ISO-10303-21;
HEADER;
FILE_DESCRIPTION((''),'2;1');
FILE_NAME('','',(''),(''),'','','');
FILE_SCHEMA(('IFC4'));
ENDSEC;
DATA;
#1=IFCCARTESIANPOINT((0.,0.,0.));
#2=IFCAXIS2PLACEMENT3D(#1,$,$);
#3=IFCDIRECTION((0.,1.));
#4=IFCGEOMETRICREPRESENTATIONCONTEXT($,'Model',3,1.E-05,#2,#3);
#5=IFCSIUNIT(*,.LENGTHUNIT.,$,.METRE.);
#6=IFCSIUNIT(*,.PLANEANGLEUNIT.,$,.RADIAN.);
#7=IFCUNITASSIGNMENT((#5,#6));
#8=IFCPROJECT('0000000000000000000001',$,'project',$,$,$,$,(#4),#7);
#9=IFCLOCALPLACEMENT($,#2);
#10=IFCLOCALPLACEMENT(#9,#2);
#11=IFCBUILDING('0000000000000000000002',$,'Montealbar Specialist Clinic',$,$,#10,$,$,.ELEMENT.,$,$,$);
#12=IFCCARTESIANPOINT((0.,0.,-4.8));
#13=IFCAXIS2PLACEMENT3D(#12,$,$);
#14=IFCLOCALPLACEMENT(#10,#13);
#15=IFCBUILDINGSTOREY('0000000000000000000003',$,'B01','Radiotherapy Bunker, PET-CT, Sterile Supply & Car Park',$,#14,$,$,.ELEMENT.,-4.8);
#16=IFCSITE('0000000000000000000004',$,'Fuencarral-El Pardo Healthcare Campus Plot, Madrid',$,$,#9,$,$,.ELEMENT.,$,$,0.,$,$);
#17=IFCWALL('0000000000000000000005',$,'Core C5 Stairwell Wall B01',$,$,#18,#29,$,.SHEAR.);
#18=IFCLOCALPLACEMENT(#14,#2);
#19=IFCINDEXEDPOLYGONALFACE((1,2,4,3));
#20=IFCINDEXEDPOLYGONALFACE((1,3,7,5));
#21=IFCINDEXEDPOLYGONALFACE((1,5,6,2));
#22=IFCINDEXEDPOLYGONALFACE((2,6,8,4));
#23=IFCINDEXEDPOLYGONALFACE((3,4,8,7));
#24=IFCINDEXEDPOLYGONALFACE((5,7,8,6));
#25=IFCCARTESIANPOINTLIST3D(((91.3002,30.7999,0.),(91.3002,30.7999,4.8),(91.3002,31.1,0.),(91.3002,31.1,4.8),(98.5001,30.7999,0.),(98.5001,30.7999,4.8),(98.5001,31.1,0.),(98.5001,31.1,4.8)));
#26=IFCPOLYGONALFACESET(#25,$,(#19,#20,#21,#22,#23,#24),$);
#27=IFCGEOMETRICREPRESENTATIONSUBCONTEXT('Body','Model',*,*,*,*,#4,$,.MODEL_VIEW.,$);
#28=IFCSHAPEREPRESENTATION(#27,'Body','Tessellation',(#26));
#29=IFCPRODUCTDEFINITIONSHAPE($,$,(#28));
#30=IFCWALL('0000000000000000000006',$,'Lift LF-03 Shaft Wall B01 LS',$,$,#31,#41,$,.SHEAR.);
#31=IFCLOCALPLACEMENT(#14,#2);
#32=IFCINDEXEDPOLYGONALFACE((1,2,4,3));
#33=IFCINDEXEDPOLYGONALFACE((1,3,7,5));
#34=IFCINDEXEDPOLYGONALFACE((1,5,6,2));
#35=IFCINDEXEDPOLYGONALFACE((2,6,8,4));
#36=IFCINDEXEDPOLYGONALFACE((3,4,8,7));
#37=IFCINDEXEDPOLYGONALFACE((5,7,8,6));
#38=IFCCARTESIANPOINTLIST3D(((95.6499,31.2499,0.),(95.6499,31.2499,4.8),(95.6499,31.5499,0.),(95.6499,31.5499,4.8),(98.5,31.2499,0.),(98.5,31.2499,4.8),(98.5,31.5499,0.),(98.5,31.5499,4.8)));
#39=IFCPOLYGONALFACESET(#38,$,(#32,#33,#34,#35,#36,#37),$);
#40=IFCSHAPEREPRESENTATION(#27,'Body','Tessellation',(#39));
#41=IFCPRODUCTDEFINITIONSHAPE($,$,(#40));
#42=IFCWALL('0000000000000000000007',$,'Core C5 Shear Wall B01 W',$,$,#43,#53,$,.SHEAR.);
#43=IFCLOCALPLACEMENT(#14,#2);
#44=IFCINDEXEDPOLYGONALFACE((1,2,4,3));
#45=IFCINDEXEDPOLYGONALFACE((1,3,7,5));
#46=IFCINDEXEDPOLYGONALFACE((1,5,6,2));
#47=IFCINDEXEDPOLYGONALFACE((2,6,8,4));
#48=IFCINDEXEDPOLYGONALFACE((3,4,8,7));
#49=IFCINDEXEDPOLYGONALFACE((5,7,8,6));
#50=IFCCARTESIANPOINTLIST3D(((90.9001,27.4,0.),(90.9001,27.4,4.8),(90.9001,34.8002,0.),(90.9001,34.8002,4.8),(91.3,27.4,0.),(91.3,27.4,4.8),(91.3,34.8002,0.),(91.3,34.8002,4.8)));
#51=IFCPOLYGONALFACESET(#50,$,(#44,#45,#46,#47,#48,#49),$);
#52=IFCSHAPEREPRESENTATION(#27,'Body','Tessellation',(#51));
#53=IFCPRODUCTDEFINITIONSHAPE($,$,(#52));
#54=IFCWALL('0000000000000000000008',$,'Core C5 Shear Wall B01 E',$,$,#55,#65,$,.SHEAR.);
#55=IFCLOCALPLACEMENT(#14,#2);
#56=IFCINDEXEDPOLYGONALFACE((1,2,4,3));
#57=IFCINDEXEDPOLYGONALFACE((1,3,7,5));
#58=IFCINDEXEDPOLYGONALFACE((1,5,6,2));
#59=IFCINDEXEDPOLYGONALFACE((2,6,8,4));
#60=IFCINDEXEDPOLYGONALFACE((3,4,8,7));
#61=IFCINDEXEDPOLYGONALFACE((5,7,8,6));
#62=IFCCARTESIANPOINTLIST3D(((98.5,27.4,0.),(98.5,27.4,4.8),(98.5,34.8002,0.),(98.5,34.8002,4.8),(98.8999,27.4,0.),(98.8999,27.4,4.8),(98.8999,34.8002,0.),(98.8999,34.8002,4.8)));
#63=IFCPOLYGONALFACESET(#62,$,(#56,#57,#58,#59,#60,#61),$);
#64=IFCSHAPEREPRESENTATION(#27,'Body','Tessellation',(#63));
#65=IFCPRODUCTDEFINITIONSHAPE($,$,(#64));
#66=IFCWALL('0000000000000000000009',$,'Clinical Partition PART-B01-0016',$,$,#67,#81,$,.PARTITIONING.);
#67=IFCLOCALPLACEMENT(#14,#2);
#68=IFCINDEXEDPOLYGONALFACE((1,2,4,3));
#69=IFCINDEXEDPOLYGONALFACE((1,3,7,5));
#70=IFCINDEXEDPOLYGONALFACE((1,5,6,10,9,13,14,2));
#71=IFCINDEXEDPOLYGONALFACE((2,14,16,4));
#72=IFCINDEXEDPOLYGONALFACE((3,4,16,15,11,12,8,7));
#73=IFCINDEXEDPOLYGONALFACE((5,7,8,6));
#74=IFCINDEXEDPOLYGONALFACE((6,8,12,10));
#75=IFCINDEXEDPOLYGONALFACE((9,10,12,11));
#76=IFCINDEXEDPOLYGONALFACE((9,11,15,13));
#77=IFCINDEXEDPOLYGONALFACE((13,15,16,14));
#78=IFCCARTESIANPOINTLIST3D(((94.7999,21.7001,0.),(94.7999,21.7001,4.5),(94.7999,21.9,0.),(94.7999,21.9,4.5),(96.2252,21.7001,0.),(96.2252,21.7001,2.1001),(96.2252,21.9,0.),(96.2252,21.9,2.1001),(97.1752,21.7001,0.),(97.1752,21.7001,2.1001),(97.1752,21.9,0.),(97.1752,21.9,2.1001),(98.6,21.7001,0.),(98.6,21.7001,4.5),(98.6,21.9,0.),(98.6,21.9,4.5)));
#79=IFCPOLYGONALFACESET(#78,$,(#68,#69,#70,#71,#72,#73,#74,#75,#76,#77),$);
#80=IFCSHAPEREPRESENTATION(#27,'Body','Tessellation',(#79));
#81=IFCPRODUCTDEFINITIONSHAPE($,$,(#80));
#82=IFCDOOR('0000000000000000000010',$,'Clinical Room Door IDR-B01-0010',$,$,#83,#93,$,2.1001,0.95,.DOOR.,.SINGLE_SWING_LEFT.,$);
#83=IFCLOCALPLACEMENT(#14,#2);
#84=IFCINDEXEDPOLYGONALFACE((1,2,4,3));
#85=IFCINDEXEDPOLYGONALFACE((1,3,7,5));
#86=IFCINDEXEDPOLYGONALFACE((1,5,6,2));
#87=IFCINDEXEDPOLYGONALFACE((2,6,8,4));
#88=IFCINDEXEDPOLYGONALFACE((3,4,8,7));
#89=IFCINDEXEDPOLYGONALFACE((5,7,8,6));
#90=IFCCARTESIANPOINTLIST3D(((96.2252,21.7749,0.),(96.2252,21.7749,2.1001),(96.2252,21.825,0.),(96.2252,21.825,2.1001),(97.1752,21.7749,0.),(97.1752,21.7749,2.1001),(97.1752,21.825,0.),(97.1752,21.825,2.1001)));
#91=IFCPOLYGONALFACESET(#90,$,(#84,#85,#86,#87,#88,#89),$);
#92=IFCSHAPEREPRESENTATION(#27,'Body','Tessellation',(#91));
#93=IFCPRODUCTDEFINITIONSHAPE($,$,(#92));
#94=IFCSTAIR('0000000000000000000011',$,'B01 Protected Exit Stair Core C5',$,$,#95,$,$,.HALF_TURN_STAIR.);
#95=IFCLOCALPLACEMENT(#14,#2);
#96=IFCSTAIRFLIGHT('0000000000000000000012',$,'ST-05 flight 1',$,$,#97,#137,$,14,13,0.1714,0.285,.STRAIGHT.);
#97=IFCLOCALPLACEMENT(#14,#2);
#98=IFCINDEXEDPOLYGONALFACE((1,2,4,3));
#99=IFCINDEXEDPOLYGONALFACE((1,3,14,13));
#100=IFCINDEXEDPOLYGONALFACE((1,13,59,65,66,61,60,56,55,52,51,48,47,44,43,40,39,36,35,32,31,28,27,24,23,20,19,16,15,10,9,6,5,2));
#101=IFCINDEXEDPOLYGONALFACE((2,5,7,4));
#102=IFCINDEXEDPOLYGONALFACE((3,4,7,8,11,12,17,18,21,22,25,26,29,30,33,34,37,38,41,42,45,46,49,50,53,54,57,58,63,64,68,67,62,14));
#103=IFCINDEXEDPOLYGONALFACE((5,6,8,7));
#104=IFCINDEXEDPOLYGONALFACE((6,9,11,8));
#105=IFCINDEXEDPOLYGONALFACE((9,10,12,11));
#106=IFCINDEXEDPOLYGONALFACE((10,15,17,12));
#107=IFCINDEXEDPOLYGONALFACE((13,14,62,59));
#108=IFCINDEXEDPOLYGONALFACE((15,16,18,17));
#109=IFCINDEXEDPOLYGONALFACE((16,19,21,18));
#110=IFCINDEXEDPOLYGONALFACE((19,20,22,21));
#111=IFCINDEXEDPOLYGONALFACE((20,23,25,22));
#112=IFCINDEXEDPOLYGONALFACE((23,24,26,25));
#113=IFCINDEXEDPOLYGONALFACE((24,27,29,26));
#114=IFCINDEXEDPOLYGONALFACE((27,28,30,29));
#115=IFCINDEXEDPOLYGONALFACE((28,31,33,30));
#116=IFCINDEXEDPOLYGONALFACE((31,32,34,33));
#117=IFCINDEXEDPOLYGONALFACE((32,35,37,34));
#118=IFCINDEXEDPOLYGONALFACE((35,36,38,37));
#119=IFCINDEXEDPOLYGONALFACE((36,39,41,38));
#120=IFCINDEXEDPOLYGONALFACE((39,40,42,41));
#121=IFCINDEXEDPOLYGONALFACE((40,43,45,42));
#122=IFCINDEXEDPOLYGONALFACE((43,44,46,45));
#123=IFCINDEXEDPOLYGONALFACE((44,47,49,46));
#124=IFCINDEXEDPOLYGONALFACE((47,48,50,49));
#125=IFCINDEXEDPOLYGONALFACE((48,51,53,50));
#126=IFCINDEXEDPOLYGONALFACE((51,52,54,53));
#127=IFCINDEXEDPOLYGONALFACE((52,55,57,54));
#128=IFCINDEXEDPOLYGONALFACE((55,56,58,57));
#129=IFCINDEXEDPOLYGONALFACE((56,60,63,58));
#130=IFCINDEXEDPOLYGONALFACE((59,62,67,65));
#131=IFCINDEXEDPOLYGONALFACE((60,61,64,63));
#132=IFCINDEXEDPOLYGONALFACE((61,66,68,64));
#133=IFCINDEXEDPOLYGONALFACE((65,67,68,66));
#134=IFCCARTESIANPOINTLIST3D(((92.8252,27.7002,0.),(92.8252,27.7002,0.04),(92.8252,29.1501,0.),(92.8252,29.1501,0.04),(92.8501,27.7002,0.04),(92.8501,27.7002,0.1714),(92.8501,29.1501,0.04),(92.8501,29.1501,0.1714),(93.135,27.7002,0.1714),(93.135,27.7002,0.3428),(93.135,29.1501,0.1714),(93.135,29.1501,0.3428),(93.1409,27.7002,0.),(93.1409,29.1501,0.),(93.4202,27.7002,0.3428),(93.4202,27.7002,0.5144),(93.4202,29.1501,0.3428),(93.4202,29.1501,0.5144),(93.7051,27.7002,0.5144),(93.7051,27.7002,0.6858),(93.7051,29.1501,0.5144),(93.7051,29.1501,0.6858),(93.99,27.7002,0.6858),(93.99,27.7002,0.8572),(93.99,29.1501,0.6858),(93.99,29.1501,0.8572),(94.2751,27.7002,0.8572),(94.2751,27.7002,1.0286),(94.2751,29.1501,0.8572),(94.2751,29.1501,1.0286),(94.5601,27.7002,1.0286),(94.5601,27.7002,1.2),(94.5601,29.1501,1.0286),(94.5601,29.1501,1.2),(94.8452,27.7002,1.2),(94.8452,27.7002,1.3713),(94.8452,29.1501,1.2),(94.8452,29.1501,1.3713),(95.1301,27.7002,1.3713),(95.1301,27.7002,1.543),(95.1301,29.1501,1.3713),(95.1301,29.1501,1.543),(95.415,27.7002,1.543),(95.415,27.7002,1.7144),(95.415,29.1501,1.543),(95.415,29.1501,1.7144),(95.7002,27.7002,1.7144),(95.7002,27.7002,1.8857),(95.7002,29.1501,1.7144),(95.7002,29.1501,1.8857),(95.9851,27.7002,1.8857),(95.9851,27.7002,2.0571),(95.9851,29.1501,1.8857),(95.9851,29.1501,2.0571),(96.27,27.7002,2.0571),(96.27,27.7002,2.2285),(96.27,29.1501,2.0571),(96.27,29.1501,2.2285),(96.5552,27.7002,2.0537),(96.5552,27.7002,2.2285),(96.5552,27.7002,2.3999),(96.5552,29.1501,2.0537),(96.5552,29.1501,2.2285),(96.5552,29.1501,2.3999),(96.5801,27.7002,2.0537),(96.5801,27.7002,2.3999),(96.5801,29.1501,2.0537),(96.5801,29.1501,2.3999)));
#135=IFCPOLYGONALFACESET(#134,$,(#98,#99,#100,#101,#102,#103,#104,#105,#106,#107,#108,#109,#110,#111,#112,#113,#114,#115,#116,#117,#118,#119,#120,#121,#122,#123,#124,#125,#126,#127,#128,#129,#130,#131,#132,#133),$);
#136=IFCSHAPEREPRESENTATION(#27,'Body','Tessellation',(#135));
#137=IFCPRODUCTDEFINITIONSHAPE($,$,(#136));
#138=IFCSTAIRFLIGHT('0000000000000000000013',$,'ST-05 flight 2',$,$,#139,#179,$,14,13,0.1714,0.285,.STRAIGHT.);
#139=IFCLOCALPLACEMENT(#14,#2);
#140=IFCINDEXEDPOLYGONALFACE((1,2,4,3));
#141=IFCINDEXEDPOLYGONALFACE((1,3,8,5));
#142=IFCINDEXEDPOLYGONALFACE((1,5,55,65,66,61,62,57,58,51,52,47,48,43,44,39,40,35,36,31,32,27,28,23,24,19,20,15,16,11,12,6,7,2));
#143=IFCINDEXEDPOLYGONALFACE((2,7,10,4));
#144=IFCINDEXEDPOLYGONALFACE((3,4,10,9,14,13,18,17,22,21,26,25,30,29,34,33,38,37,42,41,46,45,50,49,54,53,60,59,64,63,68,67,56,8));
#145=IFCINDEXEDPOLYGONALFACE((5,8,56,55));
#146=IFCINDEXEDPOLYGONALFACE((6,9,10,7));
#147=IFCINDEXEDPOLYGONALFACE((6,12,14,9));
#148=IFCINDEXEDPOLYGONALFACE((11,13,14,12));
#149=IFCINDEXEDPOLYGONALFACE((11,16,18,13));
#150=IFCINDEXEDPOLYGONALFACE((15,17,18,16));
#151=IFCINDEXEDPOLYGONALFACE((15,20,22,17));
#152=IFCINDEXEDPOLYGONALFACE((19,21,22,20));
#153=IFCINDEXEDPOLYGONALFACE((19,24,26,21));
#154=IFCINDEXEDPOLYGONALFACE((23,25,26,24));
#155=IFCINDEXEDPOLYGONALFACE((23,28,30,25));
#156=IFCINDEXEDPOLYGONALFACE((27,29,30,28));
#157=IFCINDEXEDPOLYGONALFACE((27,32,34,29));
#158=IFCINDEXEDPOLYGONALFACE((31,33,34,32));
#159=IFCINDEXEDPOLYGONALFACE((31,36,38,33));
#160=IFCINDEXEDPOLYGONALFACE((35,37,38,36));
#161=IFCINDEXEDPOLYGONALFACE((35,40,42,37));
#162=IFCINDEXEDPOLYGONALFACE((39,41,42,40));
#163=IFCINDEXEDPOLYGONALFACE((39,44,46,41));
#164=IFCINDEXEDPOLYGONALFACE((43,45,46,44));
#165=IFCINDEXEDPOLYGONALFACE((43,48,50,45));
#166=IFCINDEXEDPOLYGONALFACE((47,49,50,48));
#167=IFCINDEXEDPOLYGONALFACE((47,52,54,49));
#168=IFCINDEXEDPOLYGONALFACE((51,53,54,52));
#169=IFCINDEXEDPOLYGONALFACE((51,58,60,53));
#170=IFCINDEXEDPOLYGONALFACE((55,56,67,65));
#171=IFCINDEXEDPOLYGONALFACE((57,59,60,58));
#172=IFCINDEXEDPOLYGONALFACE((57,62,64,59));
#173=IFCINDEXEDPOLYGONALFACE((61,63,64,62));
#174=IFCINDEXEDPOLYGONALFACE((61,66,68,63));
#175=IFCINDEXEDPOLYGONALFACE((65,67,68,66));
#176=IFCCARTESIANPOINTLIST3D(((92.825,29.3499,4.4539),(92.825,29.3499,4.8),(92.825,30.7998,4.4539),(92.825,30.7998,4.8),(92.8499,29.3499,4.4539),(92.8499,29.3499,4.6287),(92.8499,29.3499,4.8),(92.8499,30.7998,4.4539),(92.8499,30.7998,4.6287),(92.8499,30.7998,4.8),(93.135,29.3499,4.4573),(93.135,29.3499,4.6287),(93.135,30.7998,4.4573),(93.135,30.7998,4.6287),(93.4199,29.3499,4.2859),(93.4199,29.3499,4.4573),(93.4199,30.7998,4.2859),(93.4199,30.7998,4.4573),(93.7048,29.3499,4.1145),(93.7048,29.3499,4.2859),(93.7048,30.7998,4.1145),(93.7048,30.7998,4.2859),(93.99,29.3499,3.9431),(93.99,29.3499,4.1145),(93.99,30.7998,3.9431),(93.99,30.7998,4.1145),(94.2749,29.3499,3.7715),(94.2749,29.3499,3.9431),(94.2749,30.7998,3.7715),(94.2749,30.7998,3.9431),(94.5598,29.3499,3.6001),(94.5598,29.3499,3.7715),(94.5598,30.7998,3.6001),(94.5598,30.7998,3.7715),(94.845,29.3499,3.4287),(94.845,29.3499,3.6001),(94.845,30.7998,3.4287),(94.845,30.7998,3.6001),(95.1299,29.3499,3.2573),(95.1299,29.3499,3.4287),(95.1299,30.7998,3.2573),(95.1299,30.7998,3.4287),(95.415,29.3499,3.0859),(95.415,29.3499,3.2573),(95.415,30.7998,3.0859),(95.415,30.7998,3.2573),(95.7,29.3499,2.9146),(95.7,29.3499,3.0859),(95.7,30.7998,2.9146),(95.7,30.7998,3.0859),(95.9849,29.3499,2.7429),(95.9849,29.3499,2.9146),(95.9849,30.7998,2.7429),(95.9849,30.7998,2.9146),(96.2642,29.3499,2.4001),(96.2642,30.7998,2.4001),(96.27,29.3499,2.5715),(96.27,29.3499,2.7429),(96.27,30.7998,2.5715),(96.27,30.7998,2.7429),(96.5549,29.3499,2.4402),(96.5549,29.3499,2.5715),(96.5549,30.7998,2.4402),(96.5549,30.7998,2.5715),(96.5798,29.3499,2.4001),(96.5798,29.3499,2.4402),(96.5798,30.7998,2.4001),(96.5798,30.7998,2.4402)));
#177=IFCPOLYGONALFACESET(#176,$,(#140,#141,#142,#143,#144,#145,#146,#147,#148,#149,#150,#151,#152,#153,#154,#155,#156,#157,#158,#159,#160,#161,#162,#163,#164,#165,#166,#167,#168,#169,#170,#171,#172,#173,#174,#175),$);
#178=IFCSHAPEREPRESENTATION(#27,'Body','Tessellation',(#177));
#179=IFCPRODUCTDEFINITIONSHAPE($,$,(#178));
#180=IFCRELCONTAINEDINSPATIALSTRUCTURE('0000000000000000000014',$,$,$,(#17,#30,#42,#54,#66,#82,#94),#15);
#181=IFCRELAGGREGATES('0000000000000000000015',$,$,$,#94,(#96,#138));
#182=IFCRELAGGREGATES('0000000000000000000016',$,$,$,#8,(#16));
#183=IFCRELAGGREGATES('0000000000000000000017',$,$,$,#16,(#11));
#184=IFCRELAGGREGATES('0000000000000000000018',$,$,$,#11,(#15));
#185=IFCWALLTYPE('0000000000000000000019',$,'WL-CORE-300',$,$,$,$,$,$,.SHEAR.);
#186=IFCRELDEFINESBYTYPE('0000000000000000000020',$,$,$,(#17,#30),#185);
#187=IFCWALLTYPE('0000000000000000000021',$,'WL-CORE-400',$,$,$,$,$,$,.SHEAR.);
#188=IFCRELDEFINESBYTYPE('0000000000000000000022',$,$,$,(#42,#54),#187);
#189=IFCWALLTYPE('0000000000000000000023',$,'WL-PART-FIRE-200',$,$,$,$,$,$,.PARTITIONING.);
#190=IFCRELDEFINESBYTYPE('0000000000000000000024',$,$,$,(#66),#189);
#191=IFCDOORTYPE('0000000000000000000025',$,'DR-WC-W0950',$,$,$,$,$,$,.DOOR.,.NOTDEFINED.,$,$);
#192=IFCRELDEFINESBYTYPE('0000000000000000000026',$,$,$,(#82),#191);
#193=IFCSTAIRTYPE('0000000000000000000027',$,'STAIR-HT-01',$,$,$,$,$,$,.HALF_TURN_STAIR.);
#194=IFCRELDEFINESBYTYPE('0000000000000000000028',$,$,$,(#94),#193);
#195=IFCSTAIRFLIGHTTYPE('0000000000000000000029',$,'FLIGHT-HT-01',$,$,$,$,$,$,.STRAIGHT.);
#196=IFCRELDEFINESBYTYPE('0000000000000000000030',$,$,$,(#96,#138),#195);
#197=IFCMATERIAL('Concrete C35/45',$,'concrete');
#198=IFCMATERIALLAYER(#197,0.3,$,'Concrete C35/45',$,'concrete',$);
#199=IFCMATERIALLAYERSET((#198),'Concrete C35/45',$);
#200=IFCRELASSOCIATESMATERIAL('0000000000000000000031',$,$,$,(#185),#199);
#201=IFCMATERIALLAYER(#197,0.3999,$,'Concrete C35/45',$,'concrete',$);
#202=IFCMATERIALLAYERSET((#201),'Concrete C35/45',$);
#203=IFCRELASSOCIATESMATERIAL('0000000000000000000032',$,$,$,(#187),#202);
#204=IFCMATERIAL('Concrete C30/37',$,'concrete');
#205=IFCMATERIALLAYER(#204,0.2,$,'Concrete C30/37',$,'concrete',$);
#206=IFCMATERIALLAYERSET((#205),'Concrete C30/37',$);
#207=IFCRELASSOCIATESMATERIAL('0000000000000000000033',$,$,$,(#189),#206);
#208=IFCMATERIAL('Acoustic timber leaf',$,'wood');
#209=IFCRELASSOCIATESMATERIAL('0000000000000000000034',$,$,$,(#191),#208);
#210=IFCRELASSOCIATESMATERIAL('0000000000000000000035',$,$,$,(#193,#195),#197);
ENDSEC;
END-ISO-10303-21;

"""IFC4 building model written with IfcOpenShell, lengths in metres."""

from ifc_helpers import new_model, si_unit, direction, frame, frame_2d, origin, place, context, subcontext, project, spatial, polyline, rectangle, outline, extrude, material, layer, layer_set, type_object, element, fill, aggregate, save


model = new_model("IFC4")

# Units and contexts
model_context = context("Model", 3, precision=1e-05, world=origin(), true_north=direction((0.0, 1.0)))
body_context = subcontext(model_context, "Body", "Model", "MODEL_VIEW")
ifc_project = project(units=[si_unit("LENGTHUNIT", "METRE"), si_unit("PLANEANGLEUNIT", "RADIAN")], contexts=[model_context])

# Site, building, storey
site_placement = place(None, origin())
site = spatial("IfcSite", under=ifc_project, at=site_placement, Name="Fuencarral-El Pardo Healthcare Campus Plot, Madrid", CompositionType="ELEMENT", RefElevation=0.0)
building_placement = place(site_placement, origin())
building = spatial("IfcBuilding", under=site, at=building_placement, Name="Montealbar Specialist Clinic", CompositionType="ELEMENT")
storey_placement = place(building_placement, frame((0.0, 0.0, -4.8)))
storey = spatial("IfcBuildingStorey", under=building, at=storey_placement, Name="B01", Description="Radiotherapy Bunker, PET-CT, Sterile Supply & Car Park", CompositionType="ELEMENT", Elevation=-4.8)

# Shared definitions
ifc_material_1 = material(Name="Concrete C35/45", Category="concrete")

# Walls
ifc_layer_1 = layer(ifc_material_1, 0.3, Name="Concrete C35/45", Category="concrete")
ifc_layer_set_1 = layer_set([ifc_layer_1], Name="Concrete C35/45")
wall_type_1 = type_object("IfcWallType", Name="WL-CORE-300", PredefinedType="SHEAR", material=ifc_layer_set_1)
wall_1_placement = place(storey_placement, frame((91.3, 30.95, 0.0), z_axis=(0.0, 0.0, 1.0), x_axis=(1.0, 0.0, 0.0)))
element("IfcWall", 1, at=wall_1_placement, inside=storey, type_object=wall_type_1, Name="Core C5 Stairwell Wall B01", PredefinedType="SHEAR", context=body_context, shape_type="SweptSolid", body=[
    extrude(rectangle(XDim=7.2, YDim=0.3, at=frame_2d((3.6001, 0.0))), origin(), (0.0, 0.0, 1.0), 4.8),
])
wall_2_placement = place(storey_placement, frame((95.6499, 31.3999, 0.0), z_axis=(0.0, 0.0, 1.0), x_axis=(1.0, 0.0, 0.0)))
element("IfcWall", 2, at=wall_2_placement, inside=storey, type_object=wall_type_1, Name="Lift LF-03 Shaft Wall B01 LS", PredefinedType="SHEAR", context=body_context, shape_type="SweptSolid", body=[
    extrude(rectangle(XDim=2.8501, YDim=0.3, at=frame_2d((1.425, 0.0))), origin(), (0.0, 0.0, 1.0), 4.8),
])

# Walls
ifc_layer_2 = layer(ifc_material_1, 0.3999, Name="Concrete C35/45", Category="concrete")
ifc_layer_set_2 = layer_set([ifc_layer_2], Name="Concrete C35/45")
wall_type_2 = type_object("IfcWallType", Name="WL-CORE-400", PredefinedType="SHEAR", material=ifc_layer_set_2)
for number, where, z_axis, x_axis, name in (
    (3, (91.1001, 27.3999, 0.0), (0.0, 0.0, 1.0), (0.0, 1.0, 0.0), "Core C5 Shear Wall B01 W"),
    (4, (98.7, 27.3999, 0.0), (0.0, 0.0, 1.0), (0.0, 1.0, 0.0), "Core C5 Shear Wall B01 E"),
):
    element("IfcWall", number, at=place(storey_placement, frame(where, z_axis=z_axis, x_axis=x_axis)), inside=storey, type_object=wall_type_2, Name=name, PredefinedType="SHEAR", context=body_context, shape_type="SweptSolid", body=[
        extrude(rectangle(XDim=7.4001, YDim=0.3999, at=frame_2d((3.7002, 0.0))), origin(), (0.0, 0.0, 1.0), 4.8),
    ])

# Wall, opening, door
ifc_material_2 = material(Name="Concrete C30/37", Category="concrete")
ifc_layer_3 = layer(ifc_material_2, 0.2, Name="Concrete C30/37", Category="concrete")
ifc_layer_set_3 = layer_set([ifc_layer_3], Name="Concrete C30/37")
wall_type_3 = type_object("IfcWallType", Name="WL-PART-FIRE-200", PredefinedType="PARTITIONING", material=ifc_layer_set_3)
wall_3_placement = place(storey_placement, frame((94.8, 21.8, 0.0), z_axis=(0.0, 0.0, 1.0), x_axis=(1.0, 0.0, 0.0)))
wall_3 = element("IfcWall", 5, at=wall_3_placement, inside=storey, type_object=wall_type_3, Name="Clinical Partition PART-B01-0016", PredefinedType="PARTITIONING", context=body_context, shape_type="SweptSolid", body=[
    extrude(rectangle(XDim=3.8, YDim=0.2, at=frame_2d((1.8999, 0.0))), origin(), (0.0, 0.0, 1.0), 4.5),
])
opening_1_placement = place(wall_3_placement, frame((1.425, 0.0, 0.0)))
opening_1 = element("IfcOpeningElement", 6, at=opening_1_placement, cuts=wall_3, PredefinedType="OPENING", context=body_context, shape_type="SweptSolid", body=[
    extrude(rectangle(XDim=0.95, YDim=2.1001, at=frame_2d((0.4751, 1.05))), frame((0.0, 0.1099, 0.0), z_axis=(0.0, -1.0, 0.0), x_axis=(1.0, 0.0, 0.0)), (0.0, 0.0, 1.0), 0.22),
])
ifc_material_3 = material(Name="Acoustic timber leaf", Category="wood")
door_type_1 = type_object("IfcDoorType", Name="DR-WC-W0950", OperationType="NOTDEFINED", PredefinedType="DOOR", material=ifc_material_3)
door_1_placement = place(opening_1_placement, origin())
door_1 = element("IfcDoor", 7, at=door_1_placement, inside=storey, type_object=door_type_1, Name="Clinical Room Door IDR-B01-0010", OperationType="SINGLE_SWING_LEFT", OverallHeight=2.1001, OverallWidth=0.95, PredefinedType="DOOR", context=body_context, shape_type="SweptSolid", body=[
    extrude(rectangle(XDim=0.95, YDim=2.1001, at=frame_2d((0.4751, 1.05))), frame((0.0, 0.0249, 0.0), z_axis=(0.0, -1.0, 0.0), x_axis=(1.0, 0.0, 0.0)), (0.0, 0.0, 1.0), 0.05),
])
fill(opening_1, door_1)

# Stair, stair flights
stair_type = type_object("IfcStairType", Name="STAIR-HT-01", PredefinedType="HALF_TURN_STAIR", material=ifc_material_1)
stair_placement = place(storey_placement, origin())
stair = element("IfcStair", 8, at=stair_placement, inside=storey, type_object=stair_type, Name="B01 Protected Exit Stair Core C5", PredefinedType="HALF_TURN_STAIR")
stair_flight_type = type_object("IfcStairFlightType", Name="FLIGHT-HT-01", PredefinedType="STRAIGHT", material=ifc_material_1)
stair_flight_1_placement = place(storey_placement, frame((92.8501, 28.425, 0.0), z_axis=(0.0, 0.0, 1.0), x_axis=(1.0, 0.0, 0.0)))
stair_flight_1 = element("IfcStairFlight", 9, at=stair_flight_1_placement, type_object=stair_flight_type, Name="ST-05 flight 1", NumberOfRisers=14, NumberOfTreads=13, PredefinedType="STRAIGHT", RiserHeight=0.1714, TreadLength=0.285, context=body_context, shape_type="SweptSolid", body=[
    extrude(outline(polyline([(-0.0249, 0.0), (-0.0249, 0.04), (0.0, 0.04), (0.0, 0.1714), (0.2849, 0.1714), (0.2849, 0.3428), (0.5701, 0.3428), (0.5701, 0.5144), (0.855, 0.5144), (0.855, 0.6858), (1.1399, 0.6858), (1.1399, 0.8572), (1.425, 0.8572), (1.425, 1.0286), (1.71, 1.0286), (1.71, 1.2), (1.9951, 1.2), (1.9951, 1.3713), (2.28, 1.3713), (2.28, 1.543), (2.5649, 1.543), (2.5649, 1.7144), (2.8501, 1.7144), (2.8501, 1.8857), (3.135, 1.8857), (3.135, 2.0571), (3.4199, 2.0571), (3.4199, 2.2285), (3.7051, 2.2285), (3.7051, 2.3999), (3.73, 2.3999), (3.73, 2.0537), (3.7051, 2.0537), (0.2908, 0.0), (-0.0249, 0.0)])), frame((0.0, 0.7251, 0.0), z_axis=(0.0, -1.0, 0.0), x_axis=(1.0, 0.0, 0.0)), (0.0, 0.0, 1.0), 1.45),
])
stair_flight_2_placement = place(storey_placement, frame((96.5549, 30.075, 2.4001), z_axis=(0.0, 0.0, 1.0), x_axis=(-1.0, 0.0, 0.0)))
stair_flight_2 = element("IfcStairFlight", 10, at=stair_flight_2_placement, type_object=stair_flight_type, Name="ST-05 flight 2", NumberOfRisers=14, NumberOfTreads=13, PredefinedType="STRAIGHT", RiserHeight=0.1714, TreadLength=0.285, context=body_context, shape_type="SweptSolid", body=[
    extrude(outline(polyline([(-0.0249, 0.0), (-0.0249, 0.04), (0.0, 0.04), (0.0, 0.1714), (0.2849, 0.1714), (0.2849, 0.3428), (0.5701, 0.3428), (0.5701, 0.5144), (0.855, 0.5144), (0.855, 0.6858), (1.1399, 0.6858), (1.1399, 0.8572), (1.425, 0.8572), (1.425, 1.0286), (1.71, 1.0286), (1.71, 1.2), (1.9951, 1.2), (1.9951, 1.3713), (2.28, 1.3713), (2.28, 1.543), (2.5649, 1.543), (2.5649, 1.7144), (2.8501, 1.7144), (2.8501, 1.8857), (3.135, 1.8857), (3.135, 2.0571), (3.4199, 2.0571), (3.4199, 2.2285), (3.7051, 2.2285), (3.7051, 2.3999), (3.73, 2.3999), (3.73, 2.0537), (3.7051, 2.0537), (0.2908, 0.0), (-0.0249, 0.0)])), frame((0.0, 0.7251, 0.0), z_axis=(0.0, -1.0, 0.0), x_axis=(1.0, 0.0, 0.0)), (0.0, 0.0, 1.0), 1.45),
])
aggregate(stair, [stair_flight_1, stair_flight_2])

save(model, "model.ifc")
